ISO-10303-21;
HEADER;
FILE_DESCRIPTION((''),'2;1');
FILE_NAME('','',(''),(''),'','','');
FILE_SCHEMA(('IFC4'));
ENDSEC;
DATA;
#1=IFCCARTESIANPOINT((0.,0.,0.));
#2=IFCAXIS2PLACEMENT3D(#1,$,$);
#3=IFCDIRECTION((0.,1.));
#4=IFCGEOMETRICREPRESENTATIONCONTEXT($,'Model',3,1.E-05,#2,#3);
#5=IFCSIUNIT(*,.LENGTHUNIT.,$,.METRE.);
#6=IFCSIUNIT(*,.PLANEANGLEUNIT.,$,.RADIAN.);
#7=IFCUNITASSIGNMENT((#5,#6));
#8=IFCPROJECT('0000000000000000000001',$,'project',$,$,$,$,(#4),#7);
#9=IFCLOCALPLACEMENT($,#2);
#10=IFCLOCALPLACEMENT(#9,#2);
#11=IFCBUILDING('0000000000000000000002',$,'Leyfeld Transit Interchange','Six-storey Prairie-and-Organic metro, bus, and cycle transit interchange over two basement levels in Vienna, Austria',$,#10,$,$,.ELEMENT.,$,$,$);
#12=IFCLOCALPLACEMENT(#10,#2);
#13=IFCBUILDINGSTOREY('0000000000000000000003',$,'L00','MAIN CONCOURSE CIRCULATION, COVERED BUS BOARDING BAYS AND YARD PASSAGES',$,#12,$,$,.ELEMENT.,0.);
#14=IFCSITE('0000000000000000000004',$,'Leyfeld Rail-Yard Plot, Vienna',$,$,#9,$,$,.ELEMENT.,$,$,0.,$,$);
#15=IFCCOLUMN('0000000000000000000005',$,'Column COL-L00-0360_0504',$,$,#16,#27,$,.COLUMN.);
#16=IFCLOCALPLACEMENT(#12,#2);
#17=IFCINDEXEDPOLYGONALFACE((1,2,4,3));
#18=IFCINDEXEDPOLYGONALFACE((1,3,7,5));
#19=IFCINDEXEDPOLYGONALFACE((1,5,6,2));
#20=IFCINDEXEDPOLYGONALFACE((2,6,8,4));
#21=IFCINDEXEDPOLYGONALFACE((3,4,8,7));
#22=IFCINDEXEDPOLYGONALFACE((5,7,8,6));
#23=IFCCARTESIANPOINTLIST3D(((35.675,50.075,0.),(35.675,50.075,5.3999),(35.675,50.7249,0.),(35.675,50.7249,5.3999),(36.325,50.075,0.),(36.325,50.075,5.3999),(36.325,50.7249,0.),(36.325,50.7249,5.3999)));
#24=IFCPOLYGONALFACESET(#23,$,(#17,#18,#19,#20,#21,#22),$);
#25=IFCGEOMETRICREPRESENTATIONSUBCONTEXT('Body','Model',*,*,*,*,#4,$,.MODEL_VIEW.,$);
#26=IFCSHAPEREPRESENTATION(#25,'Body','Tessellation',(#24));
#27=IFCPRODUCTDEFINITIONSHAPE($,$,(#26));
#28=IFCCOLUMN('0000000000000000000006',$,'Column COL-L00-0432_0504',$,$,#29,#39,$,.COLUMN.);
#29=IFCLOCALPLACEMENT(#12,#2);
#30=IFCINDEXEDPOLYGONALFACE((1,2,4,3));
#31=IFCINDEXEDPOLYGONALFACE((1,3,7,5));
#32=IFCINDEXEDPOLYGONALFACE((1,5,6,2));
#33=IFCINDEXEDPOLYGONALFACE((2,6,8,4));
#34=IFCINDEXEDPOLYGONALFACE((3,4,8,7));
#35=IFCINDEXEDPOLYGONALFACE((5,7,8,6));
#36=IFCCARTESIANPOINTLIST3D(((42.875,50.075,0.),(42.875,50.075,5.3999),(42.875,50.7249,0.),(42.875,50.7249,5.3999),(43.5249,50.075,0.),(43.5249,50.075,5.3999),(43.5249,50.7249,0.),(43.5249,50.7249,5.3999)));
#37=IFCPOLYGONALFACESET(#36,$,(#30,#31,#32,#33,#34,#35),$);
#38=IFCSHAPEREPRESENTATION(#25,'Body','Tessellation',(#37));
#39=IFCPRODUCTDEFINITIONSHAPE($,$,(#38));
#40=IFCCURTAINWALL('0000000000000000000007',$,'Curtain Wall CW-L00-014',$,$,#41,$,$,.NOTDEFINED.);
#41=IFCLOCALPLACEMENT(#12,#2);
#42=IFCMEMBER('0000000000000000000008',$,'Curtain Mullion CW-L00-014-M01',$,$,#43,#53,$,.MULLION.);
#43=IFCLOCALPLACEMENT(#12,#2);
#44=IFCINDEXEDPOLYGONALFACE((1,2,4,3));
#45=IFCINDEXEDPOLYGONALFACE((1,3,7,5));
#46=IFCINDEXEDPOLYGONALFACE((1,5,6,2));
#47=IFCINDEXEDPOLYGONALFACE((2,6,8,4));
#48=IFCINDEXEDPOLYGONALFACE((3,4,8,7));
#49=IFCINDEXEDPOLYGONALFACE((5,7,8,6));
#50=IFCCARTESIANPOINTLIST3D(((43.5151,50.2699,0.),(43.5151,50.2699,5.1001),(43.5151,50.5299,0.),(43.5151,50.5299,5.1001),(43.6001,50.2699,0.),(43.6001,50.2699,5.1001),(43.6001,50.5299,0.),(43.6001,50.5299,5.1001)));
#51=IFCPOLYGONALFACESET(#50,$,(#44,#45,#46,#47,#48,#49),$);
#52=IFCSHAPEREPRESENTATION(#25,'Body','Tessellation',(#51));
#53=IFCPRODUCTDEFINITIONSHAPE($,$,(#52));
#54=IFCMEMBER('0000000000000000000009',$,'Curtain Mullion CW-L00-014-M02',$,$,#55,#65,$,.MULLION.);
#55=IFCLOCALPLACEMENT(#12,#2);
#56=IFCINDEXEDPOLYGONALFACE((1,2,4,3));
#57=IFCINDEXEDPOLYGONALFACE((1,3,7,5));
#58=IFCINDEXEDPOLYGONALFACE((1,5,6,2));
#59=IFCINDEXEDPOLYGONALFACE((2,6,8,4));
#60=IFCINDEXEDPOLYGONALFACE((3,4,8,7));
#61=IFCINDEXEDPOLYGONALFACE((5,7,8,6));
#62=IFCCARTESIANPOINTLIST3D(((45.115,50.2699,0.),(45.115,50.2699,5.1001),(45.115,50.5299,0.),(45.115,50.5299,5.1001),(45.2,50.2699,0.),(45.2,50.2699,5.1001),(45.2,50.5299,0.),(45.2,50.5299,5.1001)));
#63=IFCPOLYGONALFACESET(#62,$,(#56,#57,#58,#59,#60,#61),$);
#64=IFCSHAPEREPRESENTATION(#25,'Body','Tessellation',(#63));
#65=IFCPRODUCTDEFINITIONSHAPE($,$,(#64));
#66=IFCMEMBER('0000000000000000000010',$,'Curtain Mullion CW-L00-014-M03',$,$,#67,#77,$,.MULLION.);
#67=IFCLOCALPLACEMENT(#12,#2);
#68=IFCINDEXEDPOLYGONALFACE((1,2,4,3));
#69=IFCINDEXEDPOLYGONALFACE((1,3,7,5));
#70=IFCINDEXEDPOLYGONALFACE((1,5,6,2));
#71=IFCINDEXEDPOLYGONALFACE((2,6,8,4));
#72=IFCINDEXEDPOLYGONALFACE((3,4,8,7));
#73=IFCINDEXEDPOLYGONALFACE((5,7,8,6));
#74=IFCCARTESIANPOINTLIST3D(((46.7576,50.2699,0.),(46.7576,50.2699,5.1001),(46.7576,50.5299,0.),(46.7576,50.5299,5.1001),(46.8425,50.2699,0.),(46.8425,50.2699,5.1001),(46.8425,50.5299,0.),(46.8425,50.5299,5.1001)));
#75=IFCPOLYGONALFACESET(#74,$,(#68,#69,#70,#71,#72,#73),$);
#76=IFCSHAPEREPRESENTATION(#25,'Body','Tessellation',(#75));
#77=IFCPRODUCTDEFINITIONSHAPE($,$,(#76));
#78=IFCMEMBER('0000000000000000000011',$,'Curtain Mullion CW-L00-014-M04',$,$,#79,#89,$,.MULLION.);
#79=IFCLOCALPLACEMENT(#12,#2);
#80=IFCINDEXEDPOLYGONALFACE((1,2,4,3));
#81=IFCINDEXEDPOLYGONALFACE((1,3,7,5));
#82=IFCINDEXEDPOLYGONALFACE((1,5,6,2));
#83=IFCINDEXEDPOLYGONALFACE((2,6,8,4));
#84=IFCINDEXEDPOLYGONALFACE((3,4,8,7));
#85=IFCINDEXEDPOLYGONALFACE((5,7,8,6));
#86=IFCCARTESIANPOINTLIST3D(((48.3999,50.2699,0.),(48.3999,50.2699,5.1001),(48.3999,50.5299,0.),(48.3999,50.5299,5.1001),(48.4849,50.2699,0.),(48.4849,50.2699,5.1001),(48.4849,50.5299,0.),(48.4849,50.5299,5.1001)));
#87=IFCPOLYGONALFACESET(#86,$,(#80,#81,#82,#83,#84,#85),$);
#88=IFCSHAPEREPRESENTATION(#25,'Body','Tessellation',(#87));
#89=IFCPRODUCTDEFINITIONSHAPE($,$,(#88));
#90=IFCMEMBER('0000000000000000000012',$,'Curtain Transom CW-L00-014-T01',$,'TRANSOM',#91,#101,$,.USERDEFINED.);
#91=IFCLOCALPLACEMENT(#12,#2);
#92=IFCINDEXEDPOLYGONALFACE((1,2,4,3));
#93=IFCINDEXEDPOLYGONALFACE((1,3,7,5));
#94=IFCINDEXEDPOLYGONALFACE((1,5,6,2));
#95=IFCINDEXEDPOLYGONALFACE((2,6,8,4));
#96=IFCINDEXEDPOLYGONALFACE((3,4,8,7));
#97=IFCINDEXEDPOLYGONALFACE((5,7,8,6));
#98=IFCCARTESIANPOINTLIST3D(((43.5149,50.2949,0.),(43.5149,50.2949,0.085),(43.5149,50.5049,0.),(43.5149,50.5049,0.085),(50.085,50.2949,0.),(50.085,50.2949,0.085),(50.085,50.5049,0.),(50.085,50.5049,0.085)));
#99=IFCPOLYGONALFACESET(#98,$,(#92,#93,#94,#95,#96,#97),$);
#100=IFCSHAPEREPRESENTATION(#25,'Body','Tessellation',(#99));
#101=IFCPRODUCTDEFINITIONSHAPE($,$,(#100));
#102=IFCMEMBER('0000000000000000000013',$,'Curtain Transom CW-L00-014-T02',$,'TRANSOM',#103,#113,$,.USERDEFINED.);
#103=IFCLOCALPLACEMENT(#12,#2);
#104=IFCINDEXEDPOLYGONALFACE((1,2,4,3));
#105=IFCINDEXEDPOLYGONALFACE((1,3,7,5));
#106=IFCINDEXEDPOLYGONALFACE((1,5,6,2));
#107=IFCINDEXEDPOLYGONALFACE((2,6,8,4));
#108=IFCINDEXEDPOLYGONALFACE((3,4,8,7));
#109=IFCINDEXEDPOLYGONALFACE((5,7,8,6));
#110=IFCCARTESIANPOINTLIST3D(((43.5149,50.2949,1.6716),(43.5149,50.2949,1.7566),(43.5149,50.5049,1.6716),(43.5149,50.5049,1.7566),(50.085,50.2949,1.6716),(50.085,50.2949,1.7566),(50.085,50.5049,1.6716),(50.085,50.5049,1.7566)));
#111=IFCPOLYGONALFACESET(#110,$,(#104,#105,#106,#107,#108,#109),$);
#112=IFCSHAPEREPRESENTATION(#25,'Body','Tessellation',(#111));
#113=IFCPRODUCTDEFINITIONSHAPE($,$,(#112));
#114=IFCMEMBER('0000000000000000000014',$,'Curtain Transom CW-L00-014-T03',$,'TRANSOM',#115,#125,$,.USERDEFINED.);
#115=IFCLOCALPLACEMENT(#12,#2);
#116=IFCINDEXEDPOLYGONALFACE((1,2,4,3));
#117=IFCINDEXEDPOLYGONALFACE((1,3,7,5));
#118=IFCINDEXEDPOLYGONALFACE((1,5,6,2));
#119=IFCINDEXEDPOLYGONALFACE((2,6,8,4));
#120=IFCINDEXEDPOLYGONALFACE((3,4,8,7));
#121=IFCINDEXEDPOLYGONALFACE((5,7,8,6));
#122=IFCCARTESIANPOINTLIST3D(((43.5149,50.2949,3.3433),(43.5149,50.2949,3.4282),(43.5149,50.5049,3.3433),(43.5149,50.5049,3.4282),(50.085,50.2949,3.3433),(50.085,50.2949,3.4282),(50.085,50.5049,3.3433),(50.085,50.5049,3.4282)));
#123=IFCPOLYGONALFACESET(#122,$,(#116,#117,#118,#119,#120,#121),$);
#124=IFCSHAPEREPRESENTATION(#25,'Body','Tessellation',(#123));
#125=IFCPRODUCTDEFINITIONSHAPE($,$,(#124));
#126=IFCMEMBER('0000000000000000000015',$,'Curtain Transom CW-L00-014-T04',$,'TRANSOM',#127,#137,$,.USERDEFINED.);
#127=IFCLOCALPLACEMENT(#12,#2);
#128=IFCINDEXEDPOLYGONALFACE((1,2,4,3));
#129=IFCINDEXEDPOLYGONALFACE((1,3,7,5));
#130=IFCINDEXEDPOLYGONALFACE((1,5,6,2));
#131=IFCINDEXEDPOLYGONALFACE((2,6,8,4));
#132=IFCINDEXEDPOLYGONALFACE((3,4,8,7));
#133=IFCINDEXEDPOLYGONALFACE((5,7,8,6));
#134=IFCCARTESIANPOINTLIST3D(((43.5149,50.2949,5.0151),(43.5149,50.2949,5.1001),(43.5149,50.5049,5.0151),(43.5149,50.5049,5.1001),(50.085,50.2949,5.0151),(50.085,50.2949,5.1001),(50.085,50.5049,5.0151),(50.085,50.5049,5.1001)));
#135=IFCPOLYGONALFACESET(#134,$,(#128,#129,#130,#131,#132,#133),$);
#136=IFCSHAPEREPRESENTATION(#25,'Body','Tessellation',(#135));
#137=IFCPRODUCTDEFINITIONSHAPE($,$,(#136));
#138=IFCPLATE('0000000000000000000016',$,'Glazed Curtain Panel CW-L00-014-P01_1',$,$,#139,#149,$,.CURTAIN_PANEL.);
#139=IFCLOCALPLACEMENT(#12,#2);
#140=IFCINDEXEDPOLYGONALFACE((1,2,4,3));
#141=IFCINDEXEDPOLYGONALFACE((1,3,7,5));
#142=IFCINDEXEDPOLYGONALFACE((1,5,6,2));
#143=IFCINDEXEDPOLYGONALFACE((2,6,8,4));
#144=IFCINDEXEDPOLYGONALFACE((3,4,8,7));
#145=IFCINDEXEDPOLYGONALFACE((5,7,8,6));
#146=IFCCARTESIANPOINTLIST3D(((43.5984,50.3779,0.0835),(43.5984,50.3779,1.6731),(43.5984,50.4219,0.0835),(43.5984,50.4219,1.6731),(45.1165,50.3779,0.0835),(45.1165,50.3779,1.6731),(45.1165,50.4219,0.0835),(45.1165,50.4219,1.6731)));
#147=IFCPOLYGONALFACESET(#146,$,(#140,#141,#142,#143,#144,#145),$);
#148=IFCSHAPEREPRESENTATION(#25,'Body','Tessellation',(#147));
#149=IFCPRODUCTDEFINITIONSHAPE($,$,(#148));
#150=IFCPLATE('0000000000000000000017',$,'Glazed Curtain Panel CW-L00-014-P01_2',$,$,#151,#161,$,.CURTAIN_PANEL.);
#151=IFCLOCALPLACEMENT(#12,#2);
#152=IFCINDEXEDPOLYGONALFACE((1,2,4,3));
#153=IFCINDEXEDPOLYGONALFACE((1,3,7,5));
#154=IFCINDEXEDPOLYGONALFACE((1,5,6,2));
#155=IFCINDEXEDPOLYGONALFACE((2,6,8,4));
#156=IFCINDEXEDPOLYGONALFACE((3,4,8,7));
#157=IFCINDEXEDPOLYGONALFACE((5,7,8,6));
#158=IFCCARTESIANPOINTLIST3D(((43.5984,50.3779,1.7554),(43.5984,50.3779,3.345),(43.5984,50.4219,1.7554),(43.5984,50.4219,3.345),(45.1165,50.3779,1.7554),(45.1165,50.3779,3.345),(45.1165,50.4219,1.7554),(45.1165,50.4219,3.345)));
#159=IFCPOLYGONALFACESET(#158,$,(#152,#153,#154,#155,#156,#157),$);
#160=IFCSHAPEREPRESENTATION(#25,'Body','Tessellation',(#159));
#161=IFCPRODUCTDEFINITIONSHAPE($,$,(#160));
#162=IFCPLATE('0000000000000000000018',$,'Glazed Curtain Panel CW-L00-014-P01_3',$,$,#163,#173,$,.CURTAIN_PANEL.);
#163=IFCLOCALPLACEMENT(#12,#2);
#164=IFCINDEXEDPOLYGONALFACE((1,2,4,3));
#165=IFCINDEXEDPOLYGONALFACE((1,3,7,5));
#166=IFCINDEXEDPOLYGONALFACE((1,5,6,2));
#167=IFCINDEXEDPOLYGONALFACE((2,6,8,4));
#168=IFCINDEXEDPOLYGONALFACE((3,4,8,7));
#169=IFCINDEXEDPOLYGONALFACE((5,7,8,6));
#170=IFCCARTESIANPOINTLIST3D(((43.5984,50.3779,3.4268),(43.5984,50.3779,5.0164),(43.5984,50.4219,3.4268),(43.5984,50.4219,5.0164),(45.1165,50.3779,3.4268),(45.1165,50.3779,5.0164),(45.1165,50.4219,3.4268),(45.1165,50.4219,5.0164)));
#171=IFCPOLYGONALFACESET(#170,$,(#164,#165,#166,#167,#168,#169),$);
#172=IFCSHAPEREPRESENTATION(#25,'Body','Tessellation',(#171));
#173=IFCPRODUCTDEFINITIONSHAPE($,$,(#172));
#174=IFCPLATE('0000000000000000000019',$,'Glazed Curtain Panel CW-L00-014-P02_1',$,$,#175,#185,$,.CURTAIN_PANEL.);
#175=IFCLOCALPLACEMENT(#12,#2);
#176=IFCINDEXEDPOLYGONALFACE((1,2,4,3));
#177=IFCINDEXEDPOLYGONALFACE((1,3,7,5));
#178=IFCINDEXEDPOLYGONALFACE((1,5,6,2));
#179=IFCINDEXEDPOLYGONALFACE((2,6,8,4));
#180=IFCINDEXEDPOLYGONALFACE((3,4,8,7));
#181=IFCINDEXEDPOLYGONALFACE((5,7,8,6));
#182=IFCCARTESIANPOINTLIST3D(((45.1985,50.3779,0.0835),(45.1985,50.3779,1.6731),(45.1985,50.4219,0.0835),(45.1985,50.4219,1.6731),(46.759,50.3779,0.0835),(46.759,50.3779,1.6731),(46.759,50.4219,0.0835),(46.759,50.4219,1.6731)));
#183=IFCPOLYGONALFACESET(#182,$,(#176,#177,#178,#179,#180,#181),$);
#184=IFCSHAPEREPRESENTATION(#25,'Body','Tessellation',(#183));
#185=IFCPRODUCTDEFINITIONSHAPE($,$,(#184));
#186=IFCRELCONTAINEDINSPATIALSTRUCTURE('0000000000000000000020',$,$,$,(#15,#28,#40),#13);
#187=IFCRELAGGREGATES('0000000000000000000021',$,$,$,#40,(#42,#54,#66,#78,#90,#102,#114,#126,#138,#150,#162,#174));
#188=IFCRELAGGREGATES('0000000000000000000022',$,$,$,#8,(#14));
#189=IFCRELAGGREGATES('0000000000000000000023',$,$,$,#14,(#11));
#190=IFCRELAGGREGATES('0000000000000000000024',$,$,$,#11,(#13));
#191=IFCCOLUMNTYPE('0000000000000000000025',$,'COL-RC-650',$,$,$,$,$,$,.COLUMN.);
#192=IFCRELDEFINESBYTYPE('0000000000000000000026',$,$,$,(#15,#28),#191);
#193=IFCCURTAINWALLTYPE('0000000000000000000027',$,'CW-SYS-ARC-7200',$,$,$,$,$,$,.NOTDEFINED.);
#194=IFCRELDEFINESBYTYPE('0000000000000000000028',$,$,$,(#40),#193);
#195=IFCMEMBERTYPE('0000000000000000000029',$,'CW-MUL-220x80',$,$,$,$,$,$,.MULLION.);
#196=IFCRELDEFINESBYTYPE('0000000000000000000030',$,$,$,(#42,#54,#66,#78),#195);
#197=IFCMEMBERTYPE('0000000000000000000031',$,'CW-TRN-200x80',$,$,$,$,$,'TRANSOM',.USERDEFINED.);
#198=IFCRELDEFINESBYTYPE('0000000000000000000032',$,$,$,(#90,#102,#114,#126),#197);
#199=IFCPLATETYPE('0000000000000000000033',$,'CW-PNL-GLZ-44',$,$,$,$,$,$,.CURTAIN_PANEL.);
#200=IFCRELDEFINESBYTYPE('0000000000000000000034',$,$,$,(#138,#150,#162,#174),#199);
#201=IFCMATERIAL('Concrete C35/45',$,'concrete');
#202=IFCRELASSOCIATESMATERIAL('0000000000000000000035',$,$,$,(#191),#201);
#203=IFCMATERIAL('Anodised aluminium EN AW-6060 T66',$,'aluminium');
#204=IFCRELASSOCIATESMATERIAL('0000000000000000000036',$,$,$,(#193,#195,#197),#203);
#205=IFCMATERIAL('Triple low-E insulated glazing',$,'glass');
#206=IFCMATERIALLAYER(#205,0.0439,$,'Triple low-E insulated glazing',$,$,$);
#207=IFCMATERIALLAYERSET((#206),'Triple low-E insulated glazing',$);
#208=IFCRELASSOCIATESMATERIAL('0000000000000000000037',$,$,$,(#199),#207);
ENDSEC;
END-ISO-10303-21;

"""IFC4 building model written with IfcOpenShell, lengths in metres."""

from ifc_helpers import new_model, si_unit, direction, frame, origin, origin_2d, place, context, subcontext, project, spatial, rectangle, extrude, material, layer, layer_set, material_profile, profile_set, type_object, element, aggregate, save


model = new_model("IFC4")

# Units and contexts
model_context = context("Model", 3, precision=1e-05, world=origin(), true_north=direction((0.0, 1.0)))
body_context = subcontext(model_context, "Body", "Model", "MODEL_VIEW")
ifc_project = project(units=[si_unit("LENGTHUNIT", "METRE"), si_unit("PLANEANGLEUNIT", "RADIAN")], contexts=[model_context])

# Site, building, storey
site_placement = place(None, origin())
site = spatial("IfcSite", under=ifc_project, at=site_placement, Name="Leyfeld Rail-Yard Plot, Vienna", CompositionType="ELEMENT", RefElevation=0.0)
building_placement = place(site_placement, origin())
building = spatial("IfcBuilding", under=site, at=building_placement, Name="Leyfeld Transit Interchange", Description="Six-storey Prairie-and-Organic metro, bus, and cycle transit interchange over two basement levels in Vienna, Austria", CompositionType="ELEMENT")
storey_placement = place(building_placement, origin())
storey = spatial("IfcBuildingStorey", under=building, at=storey_placement, Name="L00", Description="MAIN CONCOURSE CIRCULATION, COVERED BUS BOARDING BAYS AND YARD PASSAGES", CompositionType="ELEMENT", Elevation=0.0)

# Columns
ifc_material_1 = material(Name="Concrete C35/45", Category="concrete")
ifc_material_profile_1 = material_profile(ifc_material_1, rectangle(XDim=0.6499, YDim=0.6499, at=origin_2d()), Name="RC 650x650")
ifc_profile_set_1 = profile_set([ifc_material_profile_1], Name="Concrete C35/45")
column_type = type_object("IfcColumnType", Name="COL-RC-650", PredefinedType="COLUMN", material=ifc_profile_set_1)
for number, where, z_axis, x_axis, name in (
    (1, (36.0, 50.3999, 0.0), (0.0, 0.0, 1.0), (1.0, 0.0, 0.0), "Column COL-L00-0360_0504"),
    (2, (43.2, 50.3999, 0.0), (0.0, 0.0, 1.0), (1.0, 0.0, 0.0), "Column COL-L00-0432_0504"),
):
    element("IfcColumn", number, at=place(storey_placement, frame(where, z_axis=z_axis, x_axis=x_axis)), inside=storey, type_object=column_type, Name=name, PredefinedType="COLUMN", context=body_context, shape_type="SweptSolid", body=[
        extrude(rectangle(XDim=0.6499, YDim=0.6499, at=origin_2d()), origin(), (0.0, 0.0, 1.0), 5.3999),
    ])

# Curtain wall, members, plates
ifc_material_2 = material(Name="Anodised aluminium EN AW-6060 T66", Category="aluminium")
curtain_wall_type = type_object("IfcCurtainWallType", Name="CW-SYS-ARC-7200", PredefinedType="NOTDEFINED", material=ifc_material_2)
curtain_wall_placement = place(storey_placement, origin())
curtain_wall = element("IfcCurtainWall", 3, at=curtain_wall_placement, inside=storey, type_object=curtain_wall_type, Name="Curtain Wall CW-L00-014", PredefinedType="NOTDEFINED")
ifc_material_profile_2 = material_profile(ifc_material_2, rectangle(XDim=0.085, YDim=0.26, at=origin_2d()), Name="CW-M 85x260")
ifc_profile_set_2 = profile_set([ifc_material_profile_2], Name="Anodised aluminium EN AW-6060 T66")
member_type_1 = type_object("IfcMemberType", Name="CW-MUL-220x80", PredefinedType="MULLION", material=ifc_profile_set_2)
member_1_placement = place(storey_placement, frame((43.5576, 50.3999, 0.0), z_axis=(0.0, 0.0, 1.0), x_axis=(1.0, 0.0, 0.0)))
member_1 = element("IfcMember", 4, at=member_1_placement, type_object=member_type_1, Name="Curtain Mullion CW-L00-014-M01", PredefinedType="MULLION", context=body_context, shape_type="SweptSolid", body=[
    extrude(rectangle(XDim=0.085, YDim=0.26, at=origin_2d()), origin(), (0.0, 0.0, 1.0), 5.1001),
])
member_2_placement = place(storey_placement, frame((45.1575, 50.3999, 0.0), z_axis=(0.0, 0.0, 1.0), x_axis=(1.0, 0.0, 0.0)))
member_2 = element("IfcMember", 5, at=member_2_placement, type_object=member_type_1, Name="Curtain Mullion CW-L00-014-M02", PredefinedType="MULLION", context=body_context, shape_type="SweptSolid", body=[
    extrude(rectangle(XDim=0.085, YDim=0.26, at=origin_2d()), origin(), (0.0, 0.0, 1.0), 5.1001),
])
member_3_placement = place(storey_placement, frame((46.8, 50.3999, 0.0), z_axis=(0.0, 0.0, 1.0), x_axis=(1.0, 0.0, 0.0)))
member_3 = element("IfcMember", 6, at=member_3_placement, type_object=member_type_1, Name="Curtain Mullion CW-L00-014-M03", PredefinedType="MULLION", context=body_context, shape_type="SweptSolid", body=[
    extrude(rectangle(XDim=0.085, YDim=0.26, at=origin_2d()), origin(), (0.0, 0.0, 1.0), 5.1001),
])
member_4_placement = place(storey_placement, frame((48.4424, 50.3999, 0.0), z_axis=(0.0, 0.0, 1.0), x_axis=(1.0, 0.0, 0.0)))
member_4 = element("IfcMember", 7, at=member_4_placement, type_object=member_type_1, Name="Curtain Mullion CW-L00-014-M04", PredefinedType="MULLION", context=body_context, shape_type="SweptSolid", body=[
    extrude(rectangle(XDim=0.085, YDim=0.26, at=origin_2d()), origin(), (0.0, 0.0, 1.0), 5.1001),
])
ifc_material_profile_3 = material_profile(ifc_material_2, rectangle(XDim=0.21, YDim=0.085, at=origin_2d()), Name="CW-TRN-200x80")
ifc_profile_set_3 = profile_set([ifc_material_profile_3], Name="Anodised aluminium EN AW-6060 T66")
member_type_2 = type_object("IfcMemberType", Name="CW-TRN-200x80", ElementType="TRANSOM", PredefinedType="USERDEFINED", material=ifc_profile_set_3)
member_5_placement = place(storey_placement, frame((43.5149, 50.3999, 0.0425), z_axis=(1.0, 0.0, 0.0), x_axis=(0.0, 1.0, 0.0)))
member_5 = element("IfcMember", 8, at=member_5_placement, type_object=member_type_2, Name="Curtain Transom CW-L00-014-T01", ObjectType="TRANSOM", PredefinedType="USERDEFINED", context=body_context, shape_type="SweptSolid", body=[
    extrude(rectangle(XDim=0.21, YDim=0.085, at=origin_2d()), origin(), (0.0, 0.0, 1.0), 6.5701),
])
member_6_placement = place(storey_placement, frame((43.5149, 50.3999, 1.7141), z_axis=(1.0, 0.0, 0.0), x_axis=(0.0, 1.0, 0.0)))
member_6 = element("IfcMember", 9, at=member_6_placement, type_object=member_type_2, Name="Curtain Transom CW-L00-014-T02", ObjectType="TRANSOM", PredefinedType="USERDEFINED", context=body_context, shape_type="SweptSolid", body=[
    extrude(rectangle(XDim=0.21, YDim=0.085, at=origin_2d()), origin(), (0.0, 0.0, 1.0), 6.5701),
])
member_7_placement = place(storey_placement, frame((43.5149, 50.3999, 3.3857), z_axis=(1.0, 0.0, 0.0), x_axis=(0.0, 1.0, 0.0)))
member_7 = element("IfcMember", 10, at=member_7_placement, type_object=member_type_2, Name="Curtain Transom CW-L00-014-T03", ObjectType="TRANSOM", PredefinedType="USERDEFINED", context=body_context, shape_type="SweptSolid", body=[
    extrude(rectangle(XDim=0.21, YDim=0.085, at=origin_2d()), origin(), (0.0, 0.0, 1.0), 6.5701),
])
member_8_placement = place(storey_placement, frame((43.5149, 50.3999, 5.0576), z_axis=(1.0, 0.0, 0.0), x_axis=(0.0, 1.0, 0.0)))
member_8 = element("IfcMember", 11, at=member_8_placement, type_object=member_type_2, Name="Curtain Transom CW-L00-014-T04", ObjectType="TRANSOM", PredefinedType="USERDEFINED", context=body_context, shape_type="SweptSolid", body=[
    extrude(rectangle(XDim=0.21, YDim=0.085, at=origin_2d()), origin(), (0.0, 0.0, 1.0), 6.5701),
])
ifc_material_3 = material(Name="Triple low-E insulated glazing", Category="glass")
ifc_layer_1 = layer(ifc_material_3, 0.0439, Name="Triple low-E insulated glazing")
ifc_layer_set_1 = layer_set([ifc_layer_1], Name="Triple low-E insulated glazing")
plate_type = type_object("IfcPlateType", Name="CW-PNL-GLZ-44", PredefinedType="CURTAIN_PANEL", material=ifc_layer_set_1)
plate_1_placement = place(storey_placement, frame((44.3574, 50.3999, 0.0835), z_axis=(0.0, 0.0, 1.0), x_axis=(1.0, 0.0, 0.0)))
plate_1 = element("IfcPlate", 12, at=plate_1_placement, type_object=plate_type, Name="Glazed Curtain Panel CW-L00-014-P01_1", PredefinedType="CURTAIN_PANEL", context=body_context, shape_type="SweptSolid", body=[
    extrude(rectangle(XDim=1.5181, YDim=0.0439, at=origin_2d()), origin(), (0.0, 0.0, 1.0), 1.5896),
])
plate_2_placement = place(storey_placement, frame((44.3574, 50.3999, 1.7554), z_axis=(0.0, 0.0, 1.0), x_axis=(1.0, 0.0, 0.0)))
plate_2 = element("IfcPlate", 13, at=plate_2_placement, type_object=plate_type, Name="Glazed Curtain Panel CW-L00-014-P01_2", PredefinedType="CURTAIN_PANEL", context=body_context, shape_type="SweptSolid", body=[
    extrude(rectangle(XDim=1.5181, YDim=0.0439, at=origin_2d()), origin(), (0.0, 0.0, 1.0), 1.5896),
])
plate_3_placement = place(storey_placement, frame((44.3574, 50.3999, 3.4268), z_axis=(0.0, 0.0, 1.0), x_axis=(1.0, 0.0, 0.0)))
plate_3 = element("IfcPlate", 14, at=plate_3_placement, type_object=plate_type, Name="Glazed Curtain Panel CW-L00-014-P01_3", PredefinedType="CURTAIN_PANEL", context=body_context, shape_type="SweptSolid", body=[
    extrude(rectangle(XDim=1.5181, YDim=0.0439, at=origin_2d()), origin(), (0.0, 0.0, 1.0), 1.5896),
])
plate_4_placement = place(storey_placement, frame((45.9788, 50.3999, 0.0835), z_axis=(0.0, 0.0, 1.0), x_axis=(1.0, 0.0, 0.0)))
plate_4 = element("IfcPlate", 15, at=plate_4_placement, type_object=plate_type, Name="Glazed Curtain Panel CW-L00-014-P02_1", PredefinedType="CURTAIN_PANEL", context=body_context, shape_type="SweptSolid", body=[
    extrude(rectangle(XDim=1.5605, YDim=0.0439, at=origin_2d()), origin(), (0.0, 0.0, 1.0), 1.5896),
])
aggregate(curtain_wall, [member_1, member_2, member_3, member_4, member_5, member_6, member_7, member_8, plate_1, plate_2, plate_3, plate_4])

save(model, "model.ifc")
